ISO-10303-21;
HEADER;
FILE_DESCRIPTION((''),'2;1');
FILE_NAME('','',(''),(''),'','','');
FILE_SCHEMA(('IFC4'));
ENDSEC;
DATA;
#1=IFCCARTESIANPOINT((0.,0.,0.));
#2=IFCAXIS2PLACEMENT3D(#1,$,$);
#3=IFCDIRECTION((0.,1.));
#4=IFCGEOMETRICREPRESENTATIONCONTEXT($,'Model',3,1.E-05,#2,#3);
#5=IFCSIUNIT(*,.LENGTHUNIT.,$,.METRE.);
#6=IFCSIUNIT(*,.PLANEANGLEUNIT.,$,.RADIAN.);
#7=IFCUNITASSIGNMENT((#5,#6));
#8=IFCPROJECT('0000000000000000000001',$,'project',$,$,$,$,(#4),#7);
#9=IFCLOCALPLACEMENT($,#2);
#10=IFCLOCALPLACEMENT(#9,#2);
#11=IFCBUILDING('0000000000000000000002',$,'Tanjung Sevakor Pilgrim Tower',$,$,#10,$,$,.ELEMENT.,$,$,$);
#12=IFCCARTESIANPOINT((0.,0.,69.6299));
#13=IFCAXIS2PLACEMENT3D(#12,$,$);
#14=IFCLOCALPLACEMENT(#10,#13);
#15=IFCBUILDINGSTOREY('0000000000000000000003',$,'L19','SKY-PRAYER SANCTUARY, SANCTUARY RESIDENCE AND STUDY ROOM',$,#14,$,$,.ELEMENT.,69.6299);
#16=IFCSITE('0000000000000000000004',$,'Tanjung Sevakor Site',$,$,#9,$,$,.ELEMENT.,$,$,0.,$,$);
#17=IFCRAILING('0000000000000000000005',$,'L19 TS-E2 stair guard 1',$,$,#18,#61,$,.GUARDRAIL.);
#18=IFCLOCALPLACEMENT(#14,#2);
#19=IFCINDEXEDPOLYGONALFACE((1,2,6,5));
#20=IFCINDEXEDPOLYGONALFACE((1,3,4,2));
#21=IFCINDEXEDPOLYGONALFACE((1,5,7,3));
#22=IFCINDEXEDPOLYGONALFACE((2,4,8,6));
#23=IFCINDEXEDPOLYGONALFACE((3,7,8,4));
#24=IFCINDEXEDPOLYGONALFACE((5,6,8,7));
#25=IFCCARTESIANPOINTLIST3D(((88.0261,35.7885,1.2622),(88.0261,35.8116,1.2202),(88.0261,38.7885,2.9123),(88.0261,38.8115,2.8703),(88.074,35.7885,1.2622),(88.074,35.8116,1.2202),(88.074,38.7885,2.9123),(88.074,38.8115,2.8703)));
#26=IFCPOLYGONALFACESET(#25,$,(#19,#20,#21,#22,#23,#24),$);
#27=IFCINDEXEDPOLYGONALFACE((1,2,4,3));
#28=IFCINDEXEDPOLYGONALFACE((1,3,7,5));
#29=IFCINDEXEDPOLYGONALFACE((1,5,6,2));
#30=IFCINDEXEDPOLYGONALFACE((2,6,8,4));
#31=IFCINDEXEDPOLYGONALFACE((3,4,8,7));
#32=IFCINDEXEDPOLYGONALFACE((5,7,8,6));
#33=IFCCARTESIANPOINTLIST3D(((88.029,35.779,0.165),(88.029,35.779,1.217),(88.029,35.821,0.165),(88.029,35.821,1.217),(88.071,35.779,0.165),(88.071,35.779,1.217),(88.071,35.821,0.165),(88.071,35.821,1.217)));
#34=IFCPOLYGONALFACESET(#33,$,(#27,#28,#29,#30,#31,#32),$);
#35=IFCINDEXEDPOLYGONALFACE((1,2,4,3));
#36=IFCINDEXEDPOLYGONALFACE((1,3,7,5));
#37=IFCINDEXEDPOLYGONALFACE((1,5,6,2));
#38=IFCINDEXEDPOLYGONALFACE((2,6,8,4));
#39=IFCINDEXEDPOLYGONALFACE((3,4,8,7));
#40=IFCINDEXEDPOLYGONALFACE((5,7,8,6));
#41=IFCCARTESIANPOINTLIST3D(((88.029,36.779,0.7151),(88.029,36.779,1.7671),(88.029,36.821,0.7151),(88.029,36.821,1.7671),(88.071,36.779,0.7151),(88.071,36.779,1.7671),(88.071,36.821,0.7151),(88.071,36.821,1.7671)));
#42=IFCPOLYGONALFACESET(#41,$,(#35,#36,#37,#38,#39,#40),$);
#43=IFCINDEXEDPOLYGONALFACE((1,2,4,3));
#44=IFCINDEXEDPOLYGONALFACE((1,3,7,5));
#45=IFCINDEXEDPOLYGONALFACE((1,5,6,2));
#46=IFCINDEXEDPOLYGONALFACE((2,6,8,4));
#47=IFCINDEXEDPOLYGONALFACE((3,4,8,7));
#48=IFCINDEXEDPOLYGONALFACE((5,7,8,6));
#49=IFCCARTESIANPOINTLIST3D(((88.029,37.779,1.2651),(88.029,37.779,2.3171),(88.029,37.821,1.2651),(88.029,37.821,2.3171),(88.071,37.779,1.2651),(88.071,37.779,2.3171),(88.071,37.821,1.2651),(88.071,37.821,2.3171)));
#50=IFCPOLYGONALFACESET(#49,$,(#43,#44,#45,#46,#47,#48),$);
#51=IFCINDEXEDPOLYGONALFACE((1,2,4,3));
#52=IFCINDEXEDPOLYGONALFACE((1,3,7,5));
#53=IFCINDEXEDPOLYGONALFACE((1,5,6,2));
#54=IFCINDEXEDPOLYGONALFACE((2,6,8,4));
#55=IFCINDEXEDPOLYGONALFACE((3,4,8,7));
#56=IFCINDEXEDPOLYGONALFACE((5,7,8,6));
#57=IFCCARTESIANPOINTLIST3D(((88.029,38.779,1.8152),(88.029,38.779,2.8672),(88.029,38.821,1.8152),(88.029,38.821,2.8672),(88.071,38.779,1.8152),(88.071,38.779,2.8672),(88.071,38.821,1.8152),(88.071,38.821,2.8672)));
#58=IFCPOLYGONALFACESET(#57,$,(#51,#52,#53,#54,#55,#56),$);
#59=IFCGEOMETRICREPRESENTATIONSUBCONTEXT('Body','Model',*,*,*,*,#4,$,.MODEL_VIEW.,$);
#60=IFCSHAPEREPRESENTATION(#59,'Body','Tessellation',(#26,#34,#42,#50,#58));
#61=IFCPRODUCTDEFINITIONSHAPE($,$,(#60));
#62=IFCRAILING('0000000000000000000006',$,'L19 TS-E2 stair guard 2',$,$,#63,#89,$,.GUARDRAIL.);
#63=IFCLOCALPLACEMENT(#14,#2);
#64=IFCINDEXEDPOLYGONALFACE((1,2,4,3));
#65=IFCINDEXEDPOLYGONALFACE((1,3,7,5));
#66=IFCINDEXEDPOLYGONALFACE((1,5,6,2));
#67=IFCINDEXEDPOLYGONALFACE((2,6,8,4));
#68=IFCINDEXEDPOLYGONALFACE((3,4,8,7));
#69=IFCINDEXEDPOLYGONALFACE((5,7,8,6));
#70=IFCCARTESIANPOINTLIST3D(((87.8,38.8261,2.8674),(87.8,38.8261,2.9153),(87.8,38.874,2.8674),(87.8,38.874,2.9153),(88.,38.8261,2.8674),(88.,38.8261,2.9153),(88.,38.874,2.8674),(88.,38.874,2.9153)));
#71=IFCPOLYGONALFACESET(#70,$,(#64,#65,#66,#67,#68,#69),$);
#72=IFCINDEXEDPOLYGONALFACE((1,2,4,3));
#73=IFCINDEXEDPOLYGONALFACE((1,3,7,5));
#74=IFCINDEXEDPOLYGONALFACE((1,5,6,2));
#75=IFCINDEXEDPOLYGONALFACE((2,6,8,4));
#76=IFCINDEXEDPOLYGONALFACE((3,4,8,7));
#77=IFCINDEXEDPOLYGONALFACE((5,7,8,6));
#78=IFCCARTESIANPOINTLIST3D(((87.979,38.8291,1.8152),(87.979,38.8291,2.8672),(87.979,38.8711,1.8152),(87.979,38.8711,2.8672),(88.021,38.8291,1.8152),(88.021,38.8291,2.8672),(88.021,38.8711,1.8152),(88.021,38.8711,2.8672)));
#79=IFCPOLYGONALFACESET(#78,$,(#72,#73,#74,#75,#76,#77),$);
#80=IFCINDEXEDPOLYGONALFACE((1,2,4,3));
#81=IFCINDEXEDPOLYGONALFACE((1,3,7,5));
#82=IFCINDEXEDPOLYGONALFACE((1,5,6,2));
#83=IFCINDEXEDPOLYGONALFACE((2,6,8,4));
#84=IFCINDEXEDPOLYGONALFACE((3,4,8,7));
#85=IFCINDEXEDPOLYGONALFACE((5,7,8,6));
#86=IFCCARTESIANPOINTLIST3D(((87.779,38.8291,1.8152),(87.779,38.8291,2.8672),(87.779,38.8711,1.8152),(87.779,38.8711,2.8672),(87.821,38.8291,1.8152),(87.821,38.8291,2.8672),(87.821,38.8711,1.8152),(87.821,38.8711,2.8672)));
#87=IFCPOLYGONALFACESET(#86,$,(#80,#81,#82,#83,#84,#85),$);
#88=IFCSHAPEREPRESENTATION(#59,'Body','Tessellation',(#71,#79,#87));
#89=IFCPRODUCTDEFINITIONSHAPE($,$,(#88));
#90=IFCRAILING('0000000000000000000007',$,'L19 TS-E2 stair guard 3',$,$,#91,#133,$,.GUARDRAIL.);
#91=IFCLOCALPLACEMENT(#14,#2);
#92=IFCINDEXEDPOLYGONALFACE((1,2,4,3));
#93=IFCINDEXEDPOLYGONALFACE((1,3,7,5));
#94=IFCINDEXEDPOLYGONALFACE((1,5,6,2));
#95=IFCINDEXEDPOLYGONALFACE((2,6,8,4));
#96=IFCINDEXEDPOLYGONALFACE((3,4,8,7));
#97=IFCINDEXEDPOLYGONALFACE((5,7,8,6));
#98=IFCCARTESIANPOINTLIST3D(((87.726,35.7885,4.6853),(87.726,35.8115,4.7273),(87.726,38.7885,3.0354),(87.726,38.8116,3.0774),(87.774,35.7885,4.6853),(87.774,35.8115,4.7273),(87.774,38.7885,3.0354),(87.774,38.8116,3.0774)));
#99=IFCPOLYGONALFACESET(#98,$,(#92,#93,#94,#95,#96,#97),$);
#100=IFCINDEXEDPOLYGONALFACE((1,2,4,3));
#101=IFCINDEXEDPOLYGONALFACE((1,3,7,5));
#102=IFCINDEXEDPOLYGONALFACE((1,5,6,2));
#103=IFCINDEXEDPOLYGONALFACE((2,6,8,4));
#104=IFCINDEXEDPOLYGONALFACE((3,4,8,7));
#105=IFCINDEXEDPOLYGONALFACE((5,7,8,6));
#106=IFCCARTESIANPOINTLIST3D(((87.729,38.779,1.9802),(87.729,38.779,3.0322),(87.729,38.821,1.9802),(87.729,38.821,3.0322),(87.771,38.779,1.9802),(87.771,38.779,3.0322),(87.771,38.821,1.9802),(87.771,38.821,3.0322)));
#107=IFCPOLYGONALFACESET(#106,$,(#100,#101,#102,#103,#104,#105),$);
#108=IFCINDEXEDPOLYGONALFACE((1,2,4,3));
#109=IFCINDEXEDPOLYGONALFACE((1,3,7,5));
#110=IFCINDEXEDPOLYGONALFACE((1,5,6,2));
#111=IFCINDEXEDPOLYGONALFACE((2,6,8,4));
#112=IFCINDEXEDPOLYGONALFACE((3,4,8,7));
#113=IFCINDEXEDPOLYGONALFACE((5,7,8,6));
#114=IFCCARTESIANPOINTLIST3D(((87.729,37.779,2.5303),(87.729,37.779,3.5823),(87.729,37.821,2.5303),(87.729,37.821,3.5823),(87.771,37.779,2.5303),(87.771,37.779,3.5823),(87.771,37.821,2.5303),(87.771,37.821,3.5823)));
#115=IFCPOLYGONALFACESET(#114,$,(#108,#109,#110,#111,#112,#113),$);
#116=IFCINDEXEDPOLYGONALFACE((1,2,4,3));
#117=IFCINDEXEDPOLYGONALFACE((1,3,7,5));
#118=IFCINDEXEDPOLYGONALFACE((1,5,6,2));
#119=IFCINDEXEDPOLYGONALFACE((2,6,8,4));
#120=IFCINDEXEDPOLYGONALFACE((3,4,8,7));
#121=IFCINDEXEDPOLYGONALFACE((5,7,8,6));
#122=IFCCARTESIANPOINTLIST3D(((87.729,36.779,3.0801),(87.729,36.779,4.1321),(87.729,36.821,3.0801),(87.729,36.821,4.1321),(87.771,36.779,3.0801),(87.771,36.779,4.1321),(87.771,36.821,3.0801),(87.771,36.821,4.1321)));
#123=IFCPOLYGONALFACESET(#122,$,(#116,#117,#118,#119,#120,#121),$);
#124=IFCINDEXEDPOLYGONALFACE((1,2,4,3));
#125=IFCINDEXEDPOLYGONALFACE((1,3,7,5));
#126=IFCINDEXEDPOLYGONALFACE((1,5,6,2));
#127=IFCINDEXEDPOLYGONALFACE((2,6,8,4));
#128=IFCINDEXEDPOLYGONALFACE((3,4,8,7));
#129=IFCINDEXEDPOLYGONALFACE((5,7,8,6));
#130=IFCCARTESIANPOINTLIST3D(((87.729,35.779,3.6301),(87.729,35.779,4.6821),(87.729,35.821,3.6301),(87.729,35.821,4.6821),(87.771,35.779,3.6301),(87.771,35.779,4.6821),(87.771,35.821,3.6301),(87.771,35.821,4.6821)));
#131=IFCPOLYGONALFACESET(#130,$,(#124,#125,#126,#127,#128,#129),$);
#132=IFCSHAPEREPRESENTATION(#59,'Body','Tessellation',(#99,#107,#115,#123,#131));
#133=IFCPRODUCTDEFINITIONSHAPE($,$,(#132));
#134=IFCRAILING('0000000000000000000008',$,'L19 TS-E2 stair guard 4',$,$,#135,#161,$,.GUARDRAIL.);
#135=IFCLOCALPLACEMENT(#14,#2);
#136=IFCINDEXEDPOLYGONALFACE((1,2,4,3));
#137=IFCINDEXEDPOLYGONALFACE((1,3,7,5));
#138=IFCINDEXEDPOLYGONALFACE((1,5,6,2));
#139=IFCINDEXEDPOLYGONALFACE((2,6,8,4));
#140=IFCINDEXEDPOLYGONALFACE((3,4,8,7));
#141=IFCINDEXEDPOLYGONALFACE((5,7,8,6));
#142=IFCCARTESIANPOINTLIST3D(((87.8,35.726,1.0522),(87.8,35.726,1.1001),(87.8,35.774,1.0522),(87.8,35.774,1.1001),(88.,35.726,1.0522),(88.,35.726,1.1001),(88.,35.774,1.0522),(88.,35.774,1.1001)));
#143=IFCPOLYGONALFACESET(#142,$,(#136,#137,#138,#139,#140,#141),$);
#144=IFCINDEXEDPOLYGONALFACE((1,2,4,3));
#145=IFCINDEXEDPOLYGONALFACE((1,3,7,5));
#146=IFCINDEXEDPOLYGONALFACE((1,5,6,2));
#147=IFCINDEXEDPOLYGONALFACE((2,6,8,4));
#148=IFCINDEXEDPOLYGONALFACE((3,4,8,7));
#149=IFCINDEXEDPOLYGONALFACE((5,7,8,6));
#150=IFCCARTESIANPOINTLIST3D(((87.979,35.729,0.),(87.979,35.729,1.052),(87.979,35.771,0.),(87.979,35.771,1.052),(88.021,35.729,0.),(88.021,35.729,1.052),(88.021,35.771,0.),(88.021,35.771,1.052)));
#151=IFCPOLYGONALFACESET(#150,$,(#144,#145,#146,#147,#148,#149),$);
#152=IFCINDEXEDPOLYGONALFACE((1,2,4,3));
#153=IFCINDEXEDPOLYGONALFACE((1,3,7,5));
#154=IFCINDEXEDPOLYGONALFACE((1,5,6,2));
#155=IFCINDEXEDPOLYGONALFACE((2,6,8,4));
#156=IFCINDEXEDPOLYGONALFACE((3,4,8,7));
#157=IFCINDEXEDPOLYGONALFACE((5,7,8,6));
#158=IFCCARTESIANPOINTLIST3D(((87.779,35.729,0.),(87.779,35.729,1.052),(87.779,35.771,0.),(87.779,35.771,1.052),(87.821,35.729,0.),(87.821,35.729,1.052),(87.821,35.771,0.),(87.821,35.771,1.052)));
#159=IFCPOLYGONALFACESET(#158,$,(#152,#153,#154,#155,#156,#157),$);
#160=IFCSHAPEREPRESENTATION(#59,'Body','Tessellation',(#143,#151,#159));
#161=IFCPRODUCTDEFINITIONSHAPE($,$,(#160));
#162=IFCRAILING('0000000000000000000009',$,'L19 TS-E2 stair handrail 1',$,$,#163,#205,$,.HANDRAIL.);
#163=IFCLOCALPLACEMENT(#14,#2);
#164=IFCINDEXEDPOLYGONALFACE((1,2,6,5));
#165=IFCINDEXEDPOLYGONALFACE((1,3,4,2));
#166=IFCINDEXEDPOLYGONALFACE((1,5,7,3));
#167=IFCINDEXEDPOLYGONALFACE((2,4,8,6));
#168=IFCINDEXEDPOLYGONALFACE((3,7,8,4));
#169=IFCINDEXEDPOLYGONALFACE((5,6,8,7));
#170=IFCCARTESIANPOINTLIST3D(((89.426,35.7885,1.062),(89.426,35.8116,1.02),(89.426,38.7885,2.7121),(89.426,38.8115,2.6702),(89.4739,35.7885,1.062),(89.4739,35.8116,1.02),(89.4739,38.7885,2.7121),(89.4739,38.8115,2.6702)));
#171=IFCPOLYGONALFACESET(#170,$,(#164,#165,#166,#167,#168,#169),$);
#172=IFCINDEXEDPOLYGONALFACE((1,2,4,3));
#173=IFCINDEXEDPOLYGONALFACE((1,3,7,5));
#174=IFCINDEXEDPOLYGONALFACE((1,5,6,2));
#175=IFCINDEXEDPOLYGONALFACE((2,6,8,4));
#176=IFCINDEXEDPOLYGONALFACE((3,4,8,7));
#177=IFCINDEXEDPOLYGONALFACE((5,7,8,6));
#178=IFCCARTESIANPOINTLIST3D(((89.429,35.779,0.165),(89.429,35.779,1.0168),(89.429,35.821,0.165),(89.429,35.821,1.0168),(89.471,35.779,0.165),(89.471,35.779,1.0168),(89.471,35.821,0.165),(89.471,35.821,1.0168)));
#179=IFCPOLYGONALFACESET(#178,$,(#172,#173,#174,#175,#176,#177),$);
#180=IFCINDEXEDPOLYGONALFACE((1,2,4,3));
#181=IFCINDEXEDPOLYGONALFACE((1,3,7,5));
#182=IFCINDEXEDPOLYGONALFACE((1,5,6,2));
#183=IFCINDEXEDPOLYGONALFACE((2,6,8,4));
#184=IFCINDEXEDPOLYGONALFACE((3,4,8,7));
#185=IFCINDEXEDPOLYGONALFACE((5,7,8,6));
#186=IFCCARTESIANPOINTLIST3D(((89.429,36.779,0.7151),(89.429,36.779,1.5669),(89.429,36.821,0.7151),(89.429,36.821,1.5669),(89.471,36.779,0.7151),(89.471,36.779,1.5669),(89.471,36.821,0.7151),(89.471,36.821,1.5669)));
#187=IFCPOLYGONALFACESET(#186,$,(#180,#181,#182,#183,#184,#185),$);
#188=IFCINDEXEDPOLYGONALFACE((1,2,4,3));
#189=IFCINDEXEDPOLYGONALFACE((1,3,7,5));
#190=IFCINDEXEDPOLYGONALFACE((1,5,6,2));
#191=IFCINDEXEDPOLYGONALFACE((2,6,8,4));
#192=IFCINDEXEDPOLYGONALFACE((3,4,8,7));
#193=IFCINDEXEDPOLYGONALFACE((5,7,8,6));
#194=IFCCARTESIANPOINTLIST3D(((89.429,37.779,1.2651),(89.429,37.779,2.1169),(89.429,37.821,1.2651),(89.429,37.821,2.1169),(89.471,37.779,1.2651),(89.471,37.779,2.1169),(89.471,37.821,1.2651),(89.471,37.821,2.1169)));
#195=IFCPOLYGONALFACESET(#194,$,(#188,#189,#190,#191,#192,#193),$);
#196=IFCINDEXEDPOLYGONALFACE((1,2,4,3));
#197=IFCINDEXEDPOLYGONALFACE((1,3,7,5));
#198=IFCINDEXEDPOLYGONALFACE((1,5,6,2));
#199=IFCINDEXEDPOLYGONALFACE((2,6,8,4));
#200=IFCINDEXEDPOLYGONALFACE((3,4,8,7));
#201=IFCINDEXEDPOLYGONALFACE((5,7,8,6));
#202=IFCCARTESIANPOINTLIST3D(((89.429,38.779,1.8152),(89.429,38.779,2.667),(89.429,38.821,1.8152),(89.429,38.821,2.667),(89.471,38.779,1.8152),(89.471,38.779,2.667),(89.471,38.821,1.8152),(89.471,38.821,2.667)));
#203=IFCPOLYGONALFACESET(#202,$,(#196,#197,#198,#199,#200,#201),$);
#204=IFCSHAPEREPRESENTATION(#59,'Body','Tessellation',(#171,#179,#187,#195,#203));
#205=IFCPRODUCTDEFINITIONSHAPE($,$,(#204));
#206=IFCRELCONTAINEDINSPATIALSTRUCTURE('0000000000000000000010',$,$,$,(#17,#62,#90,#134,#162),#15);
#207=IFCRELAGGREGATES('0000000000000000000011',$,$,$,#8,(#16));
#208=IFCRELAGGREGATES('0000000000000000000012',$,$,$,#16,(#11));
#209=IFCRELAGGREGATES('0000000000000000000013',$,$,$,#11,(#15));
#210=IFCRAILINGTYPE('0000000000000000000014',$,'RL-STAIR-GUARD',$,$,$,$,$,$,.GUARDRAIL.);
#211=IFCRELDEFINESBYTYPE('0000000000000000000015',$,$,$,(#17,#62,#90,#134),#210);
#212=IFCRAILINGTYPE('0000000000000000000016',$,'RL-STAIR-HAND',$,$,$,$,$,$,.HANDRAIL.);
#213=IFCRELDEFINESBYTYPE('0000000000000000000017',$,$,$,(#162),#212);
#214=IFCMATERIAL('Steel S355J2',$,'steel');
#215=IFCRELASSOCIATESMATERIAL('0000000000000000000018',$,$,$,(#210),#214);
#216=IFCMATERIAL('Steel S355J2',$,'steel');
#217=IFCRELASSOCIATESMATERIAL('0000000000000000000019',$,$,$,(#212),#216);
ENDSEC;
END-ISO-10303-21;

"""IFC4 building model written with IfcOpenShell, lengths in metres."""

from ifc_helpers import new_model, si_unit, direction, frame, origin, place, context, subcontext, project, spatial, rectangle, extrude, material, type_object, element, save


model = new_model("IFC4")

# Units and contexts
model_context = context("Model", 3, precision=1e-05, world=origin(), true_north=direction((0.0, 1.0)))
body_context = subcontext(model_context, "Body", "Model", "MODEL_VIEW")
ifc_project = project(units=[si_unit("LENGTHUNIT", "METRE"), si_unit("PLANEANGLEUNIT", "RADIAN")], contexts=[model_context])

# Site, building, storey
site_placement = place(None, origin())
site = spatial("IfcSite", under=ifc_project, at=site_placement, Name="Tanjung Sevakor Site", CompositionType="ELEMENT", RefElevation=0.0)
building_placement = place(site_placement, origin())
building = spatial("IfcBuilding", under=site, at=building_placement, Name="Tanjung Sevakor Pilgrim Tower", CompositionType="ELEMENT")
storey_placement = place(building_placement, frame((0.0, 0.0, 69.6299)))
storey = spatial("IfcBuildingStorey", under=building, at=storey_placement, Name="L19", Description="SKY-PRAYER SANCTUARY, SANCTUARY RESIDENCE AND STUDY ROOM", CompositionType="ELEMENT", Elevation=69.6299)

# Railings
ifc_material_1 = material(Name="Steel S355J2", Category="steel")
railing_type_1 = type_object("IfcRailingType", Name="RL-STAIR-GUARD", PredefinedType="GUARDRAIL", material=ifc_material_1)
railing_1_placement = place(storey_placement, frame((88.05, 35.8, 0.165)))
element("IfcRailing", 1, at=railing_1_placement, inside=storey, type_object=railing_type_1, Name="L19 TS-E2 stair guard 1", PredefinedType="GUARDRAIL", context=body_context, shape_type="SweptSolid", body=[
    extrude(rectangle(XDim=0.0479, YDim=0.0479), frame((0.0, 0.0, 1.0762), z_axis=(0.0, 0.876198, 0.481952), x_axis=(-1.0, 0.0, 0.0)), (0.0, 0.0, 1.0), 3.4238),
    extrude(rectangle(XDim=0.042, YDim=0.042), origin(), (0.0, 0.0, 1.0), 1.052),
    extrude(rectangle(XDim=0.042, YDim=0.042), frame((0.0, 1.0, 0.55)), (0.0, 0.0, 1.0), 1.052),
    extrude(rectangle(XDim=0.042, YDim=0.042), frame((0.0, 2.0, 1.1001)), (0.0, 0.0, 1.0), 1.052),
    extrude(rectangle(XDim=0.042, YDim=0.042), frame((0.0, 3.0, 1.6501)), (0.0, 0.0, 1.0), 1.052),
])
railing_2_placement = place(storey_placement, frame((88.0, 38.8501, 1.8152)))
element("IfcRailing", 2, at=railing_2_placement, inside=storey, type_object=railing_type_1, Name="L19 TS-E2 stair guard 2", PredefinedType="GUARDRAIL", context=body_context, shape_type="SweptSolid", body=[
    extrude(rectangle(XDim=0.0479, YDim=0.0479), frame((0.0, 0.0, 1.0762), z_axis=(-1.0, 0.0, 0.0), x_axis=(0.0, -1.0, 0.0)), (0.0, 0.0, 1.0), 0.2),
    extrude(rectangle(XDim=0.042, YDim=0.042), origin(), (0.0, 0.0, 1.0), 1.052),
    extrude(rectangle(XDim=0.042, YDim=0.042), frame((-0.2, 0.0, 0.0)), (0.0, 0.0, 1.0), 1.052),
])
railing_3_placement = place(storey_placement, frame((87.75, 38.8, 1.9802)))
element("IfcRailing", 3, at=railing_3_placement, inside=storey, type_object=railing_type_1, Name="L19 TS-E2 stair guard 3", PredefinedType="GUARDRAIL", context=body_context, shape_type="SweptSolid", body=[
    extrude(rectangle(XDim=0.0479, YDim=0.0479), frame((0.0, 0.0, 1.0762), z_axis=(0.0, -0.876228, 0.481897), x_axis=(1.0, 0.0, 0.0)), (0.0, 0.0, 1.0), 3.4238),
    extrude(rectangle(XDim=0.042, YDim=0.042), origin(), (0.0, 0.0, 1.0), 1.052),
    extrude(rectangle(XDim=0.042, YDim=0.042), frame((0.0, -1.0, 0.55)), (0.0, 0.0, 1.0), 1.052),
    extrude(rectangle(XDim=0.042, YDim=0.042), frame((0.0, -2.0, 1.0999)), (0.0, 0.0, 1.0), 1.052),
    extrude(rectangle(XDim=0.042, YDim=0.042), frame((0.0, -3.0, 1.6499)), (0.0, 0.0, 1.0), 1.052),
])
railing_4_placement = place(storey_placement, frame((88.0, 35.75, 0.0)))
element("IfcRailing", 4, at=railing_4_placement, inside=storey, type_object=railing_type_1, Name="L19 TS-E2 stair guard 4", PredefinedType="GUARDRAIL", context=body_context, shape_type="SweptSolid", body=[
    extrude(rectangle(XDim=0.0479, YDim=0.0479), frame((0.0, 0.0, 1.0762), z_axis=(-1.0, 0.0, 0.0), x_axis=(0.0, -1.0, 0.0)), (0.0, 0.0, 1.0), 0.2),
    extrude(rectangle(XDim=0.042, YDim=0.042), origin(), (0.0, 0.0, 1.0), 1.052),
    extrude(rectangle(XDim=0.042, YDim=0.042), frame((-0.2, 0.0, 0.0)), (0.0, 0.0, 1.0), 1.052),
])
ifc_material_2 = material(Name="Steel S355J2", Category="steel")
railing_type_2 = type_object("IfcRailingType", Name="RL-STAIR-HAND", PredefinedType="HANDRAIL", material=ifc_material_2)
railing_5_placement = place(storey_placement, frame((89.45, 35.8, 0.165)))
element("IfcRailing", 5, at=railing_5_placement, inside=storey, type_object=railing_type_2, Name="L19 TS-E2 stair handrail 1", PredefinedType="HANDRAIL", context=body_context, shape_type="SweptSolid", body=[
    extrude(rectangle(XDim=0.0479, YDim=0.0479), frame((0.0, 0.0, 0.876), z_axis=(0.0, 0.876198, 0.481952), x_axis=(-1.0, 0.0, 0.0)), (0.0, 0.0, 1.0), 3.4238),
    extrude(rectangle(XDim=0.042, YDim=0.042), origin(), (0.0, 0.0, 1.0), 0.8518),
    extrude(rectangle(XDim=0.042, YDim=0.042), frame((0.0, 1.0, 0.55)), (0.0, 0.0, 1.0), 0.8518),
    extrude(rectangle(XDim=0.042, YDim=0.042), frame((0.0, 2.0, 1.1001)), (0.0, 0.0, 1.0), 0.8518),
    extrude(rectangle(XDim=0.042, YDim=0.042), frame((0.0, 3.0, 1.6501)), (0.0, 0.0, 1.0), 0.8518),
])

save(model, "model.ifc")
